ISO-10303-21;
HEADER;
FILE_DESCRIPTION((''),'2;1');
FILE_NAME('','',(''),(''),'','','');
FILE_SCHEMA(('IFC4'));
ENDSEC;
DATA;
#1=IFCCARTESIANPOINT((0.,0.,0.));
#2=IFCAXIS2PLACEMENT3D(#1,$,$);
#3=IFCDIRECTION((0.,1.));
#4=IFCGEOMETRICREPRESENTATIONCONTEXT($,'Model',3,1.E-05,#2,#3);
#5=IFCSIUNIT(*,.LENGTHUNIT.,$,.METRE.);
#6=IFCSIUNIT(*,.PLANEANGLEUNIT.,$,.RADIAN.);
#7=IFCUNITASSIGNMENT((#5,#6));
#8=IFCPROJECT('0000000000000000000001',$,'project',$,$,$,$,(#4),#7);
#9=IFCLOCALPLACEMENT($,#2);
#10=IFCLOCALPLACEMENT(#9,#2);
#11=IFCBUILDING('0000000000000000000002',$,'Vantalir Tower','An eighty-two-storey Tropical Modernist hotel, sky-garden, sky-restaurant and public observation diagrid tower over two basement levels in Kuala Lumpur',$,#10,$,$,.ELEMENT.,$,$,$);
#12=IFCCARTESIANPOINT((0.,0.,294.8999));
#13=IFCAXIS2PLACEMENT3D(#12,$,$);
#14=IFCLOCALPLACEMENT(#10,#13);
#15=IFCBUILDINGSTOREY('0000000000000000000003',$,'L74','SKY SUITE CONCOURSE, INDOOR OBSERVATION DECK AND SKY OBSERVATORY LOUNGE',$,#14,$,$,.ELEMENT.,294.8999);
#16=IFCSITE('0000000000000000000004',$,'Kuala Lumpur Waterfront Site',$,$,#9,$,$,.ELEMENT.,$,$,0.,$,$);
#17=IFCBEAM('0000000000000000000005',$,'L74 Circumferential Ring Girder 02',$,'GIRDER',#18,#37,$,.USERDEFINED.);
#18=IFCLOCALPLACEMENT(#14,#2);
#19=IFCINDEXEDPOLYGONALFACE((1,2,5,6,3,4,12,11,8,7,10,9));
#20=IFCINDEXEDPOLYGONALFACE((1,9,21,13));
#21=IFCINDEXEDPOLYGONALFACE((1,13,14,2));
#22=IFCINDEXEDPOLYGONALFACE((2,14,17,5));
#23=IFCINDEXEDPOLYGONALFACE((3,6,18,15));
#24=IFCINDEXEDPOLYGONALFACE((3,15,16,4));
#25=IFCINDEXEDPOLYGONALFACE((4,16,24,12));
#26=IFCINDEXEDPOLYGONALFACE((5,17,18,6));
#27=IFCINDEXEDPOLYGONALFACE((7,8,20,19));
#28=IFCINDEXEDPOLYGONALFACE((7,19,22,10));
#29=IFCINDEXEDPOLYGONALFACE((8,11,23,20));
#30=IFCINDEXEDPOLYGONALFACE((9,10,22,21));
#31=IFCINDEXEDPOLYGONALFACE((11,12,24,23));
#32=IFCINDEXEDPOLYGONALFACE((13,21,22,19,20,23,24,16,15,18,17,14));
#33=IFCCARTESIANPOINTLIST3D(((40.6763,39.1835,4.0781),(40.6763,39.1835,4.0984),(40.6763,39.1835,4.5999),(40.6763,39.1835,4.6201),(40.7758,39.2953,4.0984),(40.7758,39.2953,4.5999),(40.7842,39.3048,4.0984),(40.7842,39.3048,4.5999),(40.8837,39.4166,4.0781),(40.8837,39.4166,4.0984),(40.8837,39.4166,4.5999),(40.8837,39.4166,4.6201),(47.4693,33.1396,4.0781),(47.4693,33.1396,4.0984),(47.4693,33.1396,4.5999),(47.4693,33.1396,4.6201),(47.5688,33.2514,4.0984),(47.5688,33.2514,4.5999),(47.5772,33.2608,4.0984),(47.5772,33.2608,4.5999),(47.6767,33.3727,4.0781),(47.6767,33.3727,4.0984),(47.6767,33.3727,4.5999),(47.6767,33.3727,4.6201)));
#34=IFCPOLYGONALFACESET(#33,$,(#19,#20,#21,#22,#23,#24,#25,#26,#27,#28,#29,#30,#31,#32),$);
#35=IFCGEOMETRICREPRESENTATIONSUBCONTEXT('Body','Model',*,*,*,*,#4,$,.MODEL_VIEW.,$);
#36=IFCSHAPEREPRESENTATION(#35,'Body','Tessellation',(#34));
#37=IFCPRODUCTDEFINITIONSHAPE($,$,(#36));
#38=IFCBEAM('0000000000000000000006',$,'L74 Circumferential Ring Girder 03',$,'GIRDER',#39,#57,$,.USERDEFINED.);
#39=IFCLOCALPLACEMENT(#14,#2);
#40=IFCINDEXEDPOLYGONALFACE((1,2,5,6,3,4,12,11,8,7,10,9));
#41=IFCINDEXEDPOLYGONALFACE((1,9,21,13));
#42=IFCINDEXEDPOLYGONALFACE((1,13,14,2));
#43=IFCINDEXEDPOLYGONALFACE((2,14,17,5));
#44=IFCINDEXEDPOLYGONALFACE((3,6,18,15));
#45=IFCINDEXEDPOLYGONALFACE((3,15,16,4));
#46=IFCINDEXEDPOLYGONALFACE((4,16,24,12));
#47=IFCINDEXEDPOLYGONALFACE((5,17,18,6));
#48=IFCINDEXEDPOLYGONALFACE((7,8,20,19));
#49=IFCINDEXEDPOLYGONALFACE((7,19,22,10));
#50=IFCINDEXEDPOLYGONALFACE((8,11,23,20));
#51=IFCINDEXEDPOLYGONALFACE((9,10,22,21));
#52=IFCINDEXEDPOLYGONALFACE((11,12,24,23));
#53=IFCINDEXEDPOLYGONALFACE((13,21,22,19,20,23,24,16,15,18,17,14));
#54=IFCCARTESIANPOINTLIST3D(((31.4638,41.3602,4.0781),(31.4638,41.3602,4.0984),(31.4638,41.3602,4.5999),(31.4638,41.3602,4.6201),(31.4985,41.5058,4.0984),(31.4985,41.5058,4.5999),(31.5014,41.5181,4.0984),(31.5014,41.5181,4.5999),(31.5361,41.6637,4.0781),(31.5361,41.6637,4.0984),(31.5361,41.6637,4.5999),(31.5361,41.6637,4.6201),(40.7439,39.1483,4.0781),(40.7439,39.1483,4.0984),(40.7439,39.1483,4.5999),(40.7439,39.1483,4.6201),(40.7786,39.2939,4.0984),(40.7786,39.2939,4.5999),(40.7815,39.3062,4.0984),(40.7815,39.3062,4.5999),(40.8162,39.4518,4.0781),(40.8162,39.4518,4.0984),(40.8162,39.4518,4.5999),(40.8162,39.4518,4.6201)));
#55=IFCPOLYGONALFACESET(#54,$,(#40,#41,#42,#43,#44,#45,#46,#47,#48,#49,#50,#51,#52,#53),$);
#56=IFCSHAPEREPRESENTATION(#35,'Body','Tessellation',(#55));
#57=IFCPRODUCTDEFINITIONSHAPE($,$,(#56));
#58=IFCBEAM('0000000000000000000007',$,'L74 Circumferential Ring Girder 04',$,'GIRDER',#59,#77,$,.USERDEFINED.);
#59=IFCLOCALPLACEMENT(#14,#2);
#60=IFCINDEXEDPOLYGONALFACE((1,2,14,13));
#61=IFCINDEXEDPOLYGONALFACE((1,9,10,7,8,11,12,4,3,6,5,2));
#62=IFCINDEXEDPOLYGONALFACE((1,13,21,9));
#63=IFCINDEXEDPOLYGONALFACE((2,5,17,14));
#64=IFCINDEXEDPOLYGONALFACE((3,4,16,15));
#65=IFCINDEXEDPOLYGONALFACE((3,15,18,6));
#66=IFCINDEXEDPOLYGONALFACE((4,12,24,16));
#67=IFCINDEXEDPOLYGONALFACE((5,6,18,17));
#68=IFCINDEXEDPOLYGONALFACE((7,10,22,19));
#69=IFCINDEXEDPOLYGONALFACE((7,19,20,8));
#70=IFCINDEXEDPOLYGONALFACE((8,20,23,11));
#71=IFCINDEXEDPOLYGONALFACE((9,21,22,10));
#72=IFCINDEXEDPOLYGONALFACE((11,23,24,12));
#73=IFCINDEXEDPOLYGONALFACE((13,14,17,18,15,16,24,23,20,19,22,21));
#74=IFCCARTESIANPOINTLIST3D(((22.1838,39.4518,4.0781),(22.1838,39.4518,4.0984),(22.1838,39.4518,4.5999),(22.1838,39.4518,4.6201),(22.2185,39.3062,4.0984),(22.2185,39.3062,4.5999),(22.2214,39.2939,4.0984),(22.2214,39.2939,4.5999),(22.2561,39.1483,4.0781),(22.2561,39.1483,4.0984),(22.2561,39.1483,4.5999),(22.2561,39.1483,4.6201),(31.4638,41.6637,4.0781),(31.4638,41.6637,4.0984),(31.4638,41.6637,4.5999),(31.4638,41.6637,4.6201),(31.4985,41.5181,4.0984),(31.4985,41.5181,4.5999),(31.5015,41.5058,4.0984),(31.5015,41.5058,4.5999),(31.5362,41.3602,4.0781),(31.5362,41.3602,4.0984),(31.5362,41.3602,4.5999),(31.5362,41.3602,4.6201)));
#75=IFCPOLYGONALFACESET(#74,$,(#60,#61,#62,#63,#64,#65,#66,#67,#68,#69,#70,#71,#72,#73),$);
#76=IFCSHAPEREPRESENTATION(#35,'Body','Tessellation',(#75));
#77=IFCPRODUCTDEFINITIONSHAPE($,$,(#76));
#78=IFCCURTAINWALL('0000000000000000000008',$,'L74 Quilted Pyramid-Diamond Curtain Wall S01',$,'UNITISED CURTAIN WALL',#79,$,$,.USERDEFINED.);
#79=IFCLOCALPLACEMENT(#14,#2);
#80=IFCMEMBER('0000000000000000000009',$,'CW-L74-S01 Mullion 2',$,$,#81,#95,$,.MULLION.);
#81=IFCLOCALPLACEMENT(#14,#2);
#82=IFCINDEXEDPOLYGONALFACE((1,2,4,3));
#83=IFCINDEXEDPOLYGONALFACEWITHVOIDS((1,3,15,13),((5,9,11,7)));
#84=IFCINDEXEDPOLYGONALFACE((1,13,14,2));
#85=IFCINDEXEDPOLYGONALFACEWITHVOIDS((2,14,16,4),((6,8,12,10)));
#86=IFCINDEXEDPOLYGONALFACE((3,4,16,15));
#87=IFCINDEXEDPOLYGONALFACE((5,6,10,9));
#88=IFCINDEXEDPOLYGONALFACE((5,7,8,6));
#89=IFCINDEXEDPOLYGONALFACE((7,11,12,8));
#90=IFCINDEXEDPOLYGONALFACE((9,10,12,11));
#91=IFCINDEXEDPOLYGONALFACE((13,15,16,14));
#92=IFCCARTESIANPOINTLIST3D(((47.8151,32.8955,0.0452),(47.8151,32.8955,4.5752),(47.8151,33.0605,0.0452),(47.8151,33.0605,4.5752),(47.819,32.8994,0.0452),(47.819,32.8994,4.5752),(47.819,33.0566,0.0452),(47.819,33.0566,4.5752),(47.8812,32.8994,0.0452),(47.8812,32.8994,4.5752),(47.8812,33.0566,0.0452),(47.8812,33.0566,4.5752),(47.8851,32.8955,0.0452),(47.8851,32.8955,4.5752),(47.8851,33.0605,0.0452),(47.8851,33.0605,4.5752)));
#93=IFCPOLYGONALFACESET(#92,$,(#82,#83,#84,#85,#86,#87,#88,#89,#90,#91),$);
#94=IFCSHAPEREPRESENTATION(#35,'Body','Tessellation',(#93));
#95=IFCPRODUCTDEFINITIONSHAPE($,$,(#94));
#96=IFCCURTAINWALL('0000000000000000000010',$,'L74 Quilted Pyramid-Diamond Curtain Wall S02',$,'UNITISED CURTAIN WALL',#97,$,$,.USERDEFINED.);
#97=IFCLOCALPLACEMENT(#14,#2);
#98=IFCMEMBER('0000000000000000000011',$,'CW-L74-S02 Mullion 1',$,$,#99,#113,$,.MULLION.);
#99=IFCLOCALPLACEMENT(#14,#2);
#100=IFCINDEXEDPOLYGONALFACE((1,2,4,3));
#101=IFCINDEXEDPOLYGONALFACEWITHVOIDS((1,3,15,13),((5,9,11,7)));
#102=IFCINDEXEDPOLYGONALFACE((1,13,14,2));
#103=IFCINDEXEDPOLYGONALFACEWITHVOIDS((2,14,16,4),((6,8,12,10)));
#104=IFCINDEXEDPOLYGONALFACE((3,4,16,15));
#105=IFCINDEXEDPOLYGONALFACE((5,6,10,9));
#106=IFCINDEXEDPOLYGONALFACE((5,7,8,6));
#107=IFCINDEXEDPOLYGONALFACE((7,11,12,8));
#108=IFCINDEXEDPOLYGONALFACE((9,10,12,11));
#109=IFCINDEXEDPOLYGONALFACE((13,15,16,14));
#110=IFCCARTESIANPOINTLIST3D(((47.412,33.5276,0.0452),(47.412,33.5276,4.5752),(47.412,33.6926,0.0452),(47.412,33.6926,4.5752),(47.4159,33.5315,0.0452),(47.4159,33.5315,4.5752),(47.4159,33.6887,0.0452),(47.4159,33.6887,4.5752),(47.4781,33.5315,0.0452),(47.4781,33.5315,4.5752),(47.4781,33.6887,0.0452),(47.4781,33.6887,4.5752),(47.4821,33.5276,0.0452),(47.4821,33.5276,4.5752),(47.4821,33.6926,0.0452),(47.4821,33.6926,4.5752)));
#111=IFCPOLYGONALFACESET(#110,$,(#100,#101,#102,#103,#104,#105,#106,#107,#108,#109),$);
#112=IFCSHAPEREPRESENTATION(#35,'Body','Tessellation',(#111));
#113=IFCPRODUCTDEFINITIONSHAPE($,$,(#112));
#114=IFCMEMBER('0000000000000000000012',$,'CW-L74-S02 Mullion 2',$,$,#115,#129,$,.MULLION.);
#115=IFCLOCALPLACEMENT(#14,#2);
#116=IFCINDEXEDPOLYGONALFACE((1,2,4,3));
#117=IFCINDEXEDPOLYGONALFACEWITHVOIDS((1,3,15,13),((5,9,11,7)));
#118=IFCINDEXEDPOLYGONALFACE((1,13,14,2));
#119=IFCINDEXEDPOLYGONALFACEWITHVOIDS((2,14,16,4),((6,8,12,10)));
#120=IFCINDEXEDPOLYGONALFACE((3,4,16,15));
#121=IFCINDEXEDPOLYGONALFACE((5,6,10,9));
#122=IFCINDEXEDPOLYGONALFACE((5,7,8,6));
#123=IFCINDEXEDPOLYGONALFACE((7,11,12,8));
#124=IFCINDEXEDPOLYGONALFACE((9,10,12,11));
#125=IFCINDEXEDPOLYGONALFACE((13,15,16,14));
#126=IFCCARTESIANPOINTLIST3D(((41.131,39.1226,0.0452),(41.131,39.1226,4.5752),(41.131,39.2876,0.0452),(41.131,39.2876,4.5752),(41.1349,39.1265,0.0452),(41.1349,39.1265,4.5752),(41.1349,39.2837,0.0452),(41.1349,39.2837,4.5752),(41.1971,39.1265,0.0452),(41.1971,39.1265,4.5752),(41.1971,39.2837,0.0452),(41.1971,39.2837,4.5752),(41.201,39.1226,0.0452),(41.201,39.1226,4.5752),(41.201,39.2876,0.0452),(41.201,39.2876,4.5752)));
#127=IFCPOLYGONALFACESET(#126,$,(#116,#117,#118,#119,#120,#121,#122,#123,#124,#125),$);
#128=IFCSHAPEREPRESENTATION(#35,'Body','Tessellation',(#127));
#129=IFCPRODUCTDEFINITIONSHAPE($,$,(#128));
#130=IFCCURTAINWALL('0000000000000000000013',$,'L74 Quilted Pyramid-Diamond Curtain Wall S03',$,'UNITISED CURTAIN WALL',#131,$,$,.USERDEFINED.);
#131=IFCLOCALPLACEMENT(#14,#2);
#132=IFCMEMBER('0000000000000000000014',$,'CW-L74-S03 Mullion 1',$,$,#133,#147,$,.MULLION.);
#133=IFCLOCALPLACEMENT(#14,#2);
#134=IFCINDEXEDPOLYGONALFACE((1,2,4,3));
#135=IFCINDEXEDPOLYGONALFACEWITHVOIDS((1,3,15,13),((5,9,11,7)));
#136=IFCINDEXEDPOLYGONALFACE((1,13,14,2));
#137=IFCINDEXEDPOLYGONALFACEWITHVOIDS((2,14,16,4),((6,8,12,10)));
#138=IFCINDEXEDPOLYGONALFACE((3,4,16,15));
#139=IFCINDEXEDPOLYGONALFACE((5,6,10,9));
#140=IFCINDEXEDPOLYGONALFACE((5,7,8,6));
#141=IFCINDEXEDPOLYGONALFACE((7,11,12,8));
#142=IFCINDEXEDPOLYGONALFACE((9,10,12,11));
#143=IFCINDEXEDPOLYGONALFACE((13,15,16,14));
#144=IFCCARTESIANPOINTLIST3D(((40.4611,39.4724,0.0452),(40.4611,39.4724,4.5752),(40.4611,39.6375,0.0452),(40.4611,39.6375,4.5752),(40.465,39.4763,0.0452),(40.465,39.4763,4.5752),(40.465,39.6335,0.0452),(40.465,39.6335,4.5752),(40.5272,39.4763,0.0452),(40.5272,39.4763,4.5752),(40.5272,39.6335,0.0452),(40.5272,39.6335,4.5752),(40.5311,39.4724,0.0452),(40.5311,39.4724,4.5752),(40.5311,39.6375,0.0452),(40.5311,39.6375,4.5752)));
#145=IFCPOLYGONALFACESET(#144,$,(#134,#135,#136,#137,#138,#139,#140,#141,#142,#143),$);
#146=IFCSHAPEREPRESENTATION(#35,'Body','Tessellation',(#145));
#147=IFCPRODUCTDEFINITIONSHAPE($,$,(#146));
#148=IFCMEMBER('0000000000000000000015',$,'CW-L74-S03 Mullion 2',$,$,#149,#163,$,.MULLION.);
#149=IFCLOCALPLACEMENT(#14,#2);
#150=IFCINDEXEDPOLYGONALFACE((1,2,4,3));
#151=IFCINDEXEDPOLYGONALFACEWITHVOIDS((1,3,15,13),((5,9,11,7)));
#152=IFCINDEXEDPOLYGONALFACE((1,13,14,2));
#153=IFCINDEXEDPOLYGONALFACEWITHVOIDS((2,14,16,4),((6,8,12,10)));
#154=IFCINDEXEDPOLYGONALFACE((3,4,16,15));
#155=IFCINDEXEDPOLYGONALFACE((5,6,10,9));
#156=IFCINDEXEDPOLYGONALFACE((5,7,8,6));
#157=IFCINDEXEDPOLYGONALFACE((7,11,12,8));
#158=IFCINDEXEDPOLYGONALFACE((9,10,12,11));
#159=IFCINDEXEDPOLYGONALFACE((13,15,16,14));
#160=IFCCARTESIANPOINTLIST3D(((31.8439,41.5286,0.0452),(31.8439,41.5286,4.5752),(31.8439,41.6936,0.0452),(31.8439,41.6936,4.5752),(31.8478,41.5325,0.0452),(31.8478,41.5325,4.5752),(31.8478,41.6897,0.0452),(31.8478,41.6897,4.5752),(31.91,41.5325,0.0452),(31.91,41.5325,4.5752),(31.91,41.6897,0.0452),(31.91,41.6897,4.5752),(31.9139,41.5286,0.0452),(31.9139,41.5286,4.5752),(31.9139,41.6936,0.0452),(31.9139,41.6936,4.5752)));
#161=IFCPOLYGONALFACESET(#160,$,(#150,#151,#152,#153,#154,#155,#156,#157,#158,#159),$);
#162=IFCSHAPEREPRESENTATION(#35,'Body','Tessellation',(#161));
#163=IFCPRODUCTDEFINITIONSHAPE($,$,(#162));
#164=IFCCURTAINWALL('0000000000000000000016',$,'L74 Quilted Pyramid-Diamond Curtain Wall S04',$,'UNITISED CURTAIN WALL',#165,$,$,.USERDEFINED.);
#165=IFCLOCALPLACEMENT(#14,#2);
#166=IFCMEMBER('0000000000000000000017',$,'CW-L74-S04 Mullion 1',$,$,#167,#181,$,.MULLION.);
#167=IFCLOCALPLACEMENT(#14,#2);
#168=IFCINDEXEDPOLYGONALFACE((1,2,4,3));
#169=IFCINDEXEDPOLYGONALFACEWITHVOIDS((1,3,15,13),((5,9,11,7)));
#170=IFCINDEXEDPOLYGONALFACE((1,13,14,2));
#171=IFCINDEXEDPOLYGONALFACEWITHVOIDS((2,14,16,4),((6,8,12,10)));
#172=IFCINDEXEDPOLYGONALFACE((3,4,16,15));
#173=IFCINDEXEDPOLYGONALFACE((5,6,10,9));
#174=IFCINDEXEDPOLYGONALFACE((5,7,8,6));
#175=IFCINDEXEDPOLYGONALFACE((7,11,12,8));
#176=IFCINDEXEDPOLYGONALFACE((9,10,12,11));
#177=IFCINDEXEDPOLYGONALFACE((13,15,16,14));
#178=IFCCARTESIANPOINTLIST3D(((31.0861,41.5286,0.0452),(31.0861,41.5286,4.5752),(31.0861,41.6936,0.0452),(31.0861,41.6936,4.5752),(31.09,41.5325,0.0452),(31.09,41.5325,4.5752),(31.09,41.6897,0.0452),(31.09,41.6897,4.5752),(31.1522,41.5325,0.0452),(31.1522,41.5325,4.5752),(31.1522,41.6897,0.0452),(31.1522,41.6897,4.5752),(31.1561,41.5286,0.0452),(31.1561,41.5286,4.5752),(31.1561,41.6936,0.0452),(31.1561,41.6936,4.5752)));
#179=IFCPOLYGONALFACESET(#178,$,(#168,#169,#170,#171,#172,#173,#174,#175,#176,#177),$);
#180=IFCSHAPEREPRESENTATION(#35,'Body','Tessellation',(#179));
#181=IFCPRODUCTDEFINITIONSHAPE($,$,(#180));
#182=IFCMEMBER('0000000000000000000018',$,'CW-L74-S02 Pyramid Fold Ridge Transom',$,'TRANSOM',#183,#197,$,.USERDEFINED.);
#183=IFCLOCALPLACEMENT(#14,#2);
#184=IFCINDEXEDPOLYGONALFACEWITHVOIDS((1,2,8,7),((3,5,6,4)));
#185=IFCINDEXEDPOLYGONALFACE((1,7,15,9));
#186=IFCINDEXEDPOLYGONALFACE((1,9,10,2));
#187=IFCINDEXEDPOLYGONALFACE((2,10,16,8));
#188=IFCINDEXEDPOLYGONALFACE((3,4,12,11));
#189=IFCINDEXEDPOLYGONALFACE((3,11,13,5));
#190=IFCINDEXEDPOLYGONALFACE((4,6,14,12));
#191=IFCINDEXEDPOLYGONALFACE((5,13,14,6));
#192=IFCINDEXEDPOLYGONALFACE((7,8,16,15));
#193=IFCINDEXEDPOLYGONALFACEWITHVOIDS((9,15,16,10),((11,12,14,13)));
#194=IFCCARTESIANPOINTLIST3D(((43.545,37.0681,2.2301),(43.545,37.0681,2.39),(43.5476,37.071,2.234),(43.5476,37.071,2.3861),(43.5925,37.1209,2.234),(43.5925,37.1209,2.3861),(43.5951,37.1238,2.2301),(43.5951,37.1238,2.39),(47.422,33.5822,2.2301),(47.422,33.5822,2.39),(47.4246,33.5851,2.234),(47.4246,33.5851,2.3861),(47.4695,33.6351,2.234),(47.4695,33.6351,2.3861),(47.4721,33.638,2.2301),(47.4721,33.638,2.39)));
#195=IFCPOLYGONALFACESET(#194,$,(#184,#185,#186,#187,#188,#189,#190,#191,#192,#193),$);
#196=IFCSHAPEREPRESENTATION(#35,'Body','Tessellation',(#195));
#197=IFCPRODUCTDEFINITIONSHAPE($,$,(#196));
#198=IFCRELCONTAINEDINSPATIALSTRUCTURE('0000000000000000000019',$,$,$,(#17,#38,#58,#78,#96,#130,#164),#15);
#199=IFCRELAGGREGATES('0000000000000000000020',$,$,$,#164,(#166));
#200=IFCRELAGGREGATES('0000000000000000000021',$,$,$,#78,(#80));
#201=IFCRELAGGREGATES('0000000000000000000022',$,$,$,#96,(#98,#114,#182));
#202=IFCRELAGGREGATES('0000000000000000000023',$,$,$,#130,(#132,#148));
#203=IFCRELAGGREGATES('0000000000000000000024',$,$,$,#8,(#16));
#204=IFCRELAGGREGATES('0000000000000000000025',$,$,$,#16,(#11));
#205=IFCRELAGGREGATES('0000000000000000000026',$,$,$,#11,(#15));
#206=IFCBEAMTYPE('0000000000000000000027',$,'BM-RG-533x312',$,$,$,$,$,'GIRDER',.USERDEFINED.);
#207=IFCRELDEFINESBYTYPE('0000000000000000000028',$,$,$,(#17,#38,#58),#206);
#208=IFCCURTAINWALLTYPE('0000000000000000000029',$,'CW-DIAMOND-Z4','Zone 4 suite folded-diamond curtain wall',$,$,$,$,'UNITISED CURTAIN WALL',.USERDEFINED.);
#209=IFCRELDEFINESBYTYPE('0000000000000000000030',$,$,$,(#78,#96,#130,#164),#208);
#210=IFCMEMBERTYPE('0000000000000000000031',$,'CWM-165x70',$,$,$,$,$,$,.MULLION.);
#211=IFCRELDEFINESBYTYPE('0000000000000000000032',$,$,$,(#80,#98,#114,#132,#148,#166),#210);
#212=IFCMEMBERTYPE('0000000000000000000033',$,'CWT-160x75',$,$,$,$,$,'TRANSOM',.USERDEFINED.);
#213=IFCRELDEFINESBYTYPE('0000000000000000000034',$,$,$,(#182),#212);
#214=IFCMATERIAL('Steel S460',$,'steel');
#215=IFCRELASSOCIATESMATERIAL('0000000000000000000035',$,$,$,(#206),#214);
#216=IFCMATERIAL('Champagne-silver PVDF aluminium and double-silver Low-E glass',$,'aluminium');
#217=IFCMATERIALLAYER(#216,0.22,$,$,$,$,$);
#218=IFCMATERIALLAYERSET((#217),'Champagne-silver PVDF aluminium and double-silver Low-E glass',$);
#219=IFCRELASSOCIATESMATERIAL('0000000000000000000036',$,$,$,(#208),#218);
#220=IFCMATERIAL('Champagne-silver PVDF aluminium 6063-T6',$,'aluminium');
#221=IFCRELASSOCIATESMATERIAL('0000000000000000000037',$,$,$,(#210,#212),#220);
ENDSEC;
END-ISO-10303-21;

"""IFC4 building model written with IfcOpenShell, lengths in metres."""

from ifc_helpers import new_model, si_unit, direction, frame, origin, origin_2d, place, context, subcontext, project, spatial, hollow_rectangle, i_section, extrude, material, layer, layer_set, material_profile, profile_set, type_object, element, aggregate, save


model = new_model("IFC4")

# Units and contexts
model_context = context("Model", 3, precision=1e-05, world=origin(), true_north=direction((0.0, 1.0)))
body_context = subcontext(model_context, "Body", "Model", "MODEL_VIEW")
ifc_project = project(units=[si_unit("LENGTHUNIT", "METRE"), si_unit("PLANEANGLEUNIT", "RADIAN")], contexts=[model_context])

# Site, building, storey
site_placement = place(None, origin())
site = spatial("IfcSite", under=ifc_project, at=site_placement, Name="Kuala Lumpur Waterfront Site", CompositionType="ELEMENT", RefElevation=0.0)
building_placement = place(site_placement, origin())
building = spatial("IfcBuilding", under=site, at=building_placement, Name="Vantalir Tower", Description="An eighty-two-storey Tropical Modernist hotel, sky-garden, sky-restaurant and public observation diagrid tower over two basement levels in Kuala Lumpur", CompositionType="ELEMENT")
storey_placement = place(building_placement, frame((0.0, 0.0, 294.8999)))
storey = spatial("IfcBuildingStorey", under=building, at=storey_placement, Name="L74", Description="SKY SUITE CONCOURSE, INDOOR OBSERVATION DECK AND SKY OBSERVATORY LOUNGE", CompositionType="ELEMENT", Elevation=294.8999)

# Shared definitions
ifc_material_1 = material(Name="Steel S460", Category="steel")

# Beams
ifc_material_profile_1 = material_profile(ifc_material_1, i_section(OverallWidth=0.312, OverallDepth=0.542, WebThickness=0.0127, FlangeThickness=0.0203, at=origin_2d()), Name="Steel S460")
ifc_profile_set_1 = profile_set([ifc_material_profile_1], Name="Steel S460")
beam_type_1 = type_object("IfcBeamType", Name="BM-RG-533x312", ElementType="GIRDER", PredefinedType="USERDEFINED", material=ifc_profile_set_1)
beam_1_placement = place(storey_placement, frame((47.573, 33.2561, 4.3491), z_axis=(-0.747095, 0.664717, 0.0), x_axis=(-0.664717, -0.747095, 0.0)))
element("IfcBeam", 1, at=beam_1_placement, inside=storey, type_object=beam_type_1, Name="L74 Circumferential Ring Girder 02", ObjectType="GIRDER", PredefinedType="USERDEFINED", context=body_context, shape_type="SweptSolid", body=[
    extrude(i_section(OverallWidth=0.312, OverallDepth=0.542, WebThickness=0.0127, FlangeThickness=0.0203, at=origin_2d()), origin(), (0.0, 0.0, 1.0), 9.0925),
])
for number, where, z_axis, x_axis, name in (
    (2, (40.78, 39.3, 4.3491), (-0.97275, 0.231857, 0.0), (-0.231857, -0.97275, 0.0), "L74 Circumferential Ring Girder 03"),
    (3, (31.5, 41.512, 4.3491), (-0.97275, -0.231857, 0.0), (0.231857, -0.97275, 0.0), "L74 Circumferential Ring Girder 04"),
):
    element("IfcBeam", number, at=place(storey_placement, frame(where, z_axis=z_axis, x_axis=x_axis)), inside=storey, type_object=beam_type_1, Name=name, ObjectType="GIRDER", PredefinedType="USERDEFINED", context=body_context, shape_type="SweptSolid", body=[
        extrude(i_section(OverallWidth=0.312, OverallDepth=0.542, WebThickness=0.0127, FlangeThickness=0.0203, at=origin_2d()), origin(), (0.0, 0.0, 1.0), 9.54),
    ])

# Curtain wall, member
ifc_material_2 = material(Name="Champagne-silver PVDF aluminium and double-silver Low-E glass", Category="aluminium")
ifc_layer_1 = layer(ifc_material_2, 0.22)
ifc_layer_set_1 = layer_set([ifc_layer_1], Name="Champagne-silver PVDF aluminium and double-silver Low-E glass")
curtain_wall_type = type_object("IfcCurtainWallType", Name="CW-DIAMOND-Z4", Description="Zone 4 suite folded-diamond curtain wall", ElementType="UNITISED CURTAIN WALL", PredefinedType="USERDEFINED", material=ifc_layer_set_1)
curtain_wall_1_placement = place(storey_placement, origin())
curtain_wall_1 = element("IfcCurtainWall", 4, at=curtain_wall_1_placement, inside=storey, type_object=curtain_wall_type, Name="L74 Quilted Pyramid-Diamond Curtain Wall S01", ObjectType="UNITISED CURTAIN WALL", PredefinedType="USERDEFINED")
ifc_material_3 = material(Name="Champagne-silver PVDF aluminium 6063-T6", Category="aluminium")
ifc_material_profile_2 = material_profile(ifc_material_3, hollow_rectangle(XDim=0.0701, YDim=0.165, WallThickness=0.0039, at=origin_2d()), Name="Champagne-silver PVDF aluminium 6063-T6")
ifc_profile_set_2 = profile_set([ifc_material_profile_2], Name="Champagne-silver PVDF aluminium 6063-T6")
member_type_1 = type_object("IfcMemberType", Name="CWM-165x70", PredefinedType="MULLION", material=ifc_profile_set_2)
member_1_placement = place(storey_placement, frame((47.8501, 32.978, 0.0452), z_axis=(0.0, 0.0, 1.0), x_axis=(1.0, 0.0, 0.0)))
member_1 = element("IfcMember", 5, at=member_1_placement, type_object=member_type_1, Name="CW-L74-S01 Mullion 2", PredefinedType="MULLION", context=body_context, shape_type="SweptSolid", body=[
    extrude(hollow_rectangle(XDim=0.0701, YDim=0.165, WallThickness=0.0039, at=origin_2d()), origin(), (0.0, 0.0, 1.0), 4.53),
])

# Curtain walls, members
curtain_wall_2_placement = place(storey_placement, origin())
curtain_wall_2 = element("IfcCurtainWall", 6, at=curtain_wall_2_placement, inside=storey, type_object=curtain_wall_type, Name="L74 Quilted Pyramid-Diamond Curtain Wall S02", ObjectType="UNITISED CURTAIN WALL", PredefinedType="USERDEFINED")
member_2_placement = place(storey_placement, frame((47.447, 33.6101, 0.0452), z_axis=(0.0, 0.0, 1.0), x_axis=(1.0, 0.0, 0.0)))
member_2 = element("IfcMember", 7, at=member_2_placement, type_object=member_type_1, Name="CW-L74-S02 Mullion 1", PredefinedType="MULLION", context=body_context, shape_type="SweptSolid", body=[
    extrude(hollow_rectangle(XDim=0.0701, YDim=0.165, WallThickness=0.0039, at=origin_2d()), origin(), (0.0, 0.0, 1.0), 4.53),
])
member_3_placement = place(storey_placement, frame((41.166, 39.2051, 0.0452), z_axis=(0.0, 0.0, 1.0), x_axis=(1.0, 0.0, 0.0)))
member_3 = element("IfcMember", 8, at=member_3_placement, type_object=member_type_1, Name="CW-L74-S02 Mullion 2", PredefinedType="MULLION", context=body_context, shape_type="SweptSolid", body=[
    extrude(hollow_rectangle(XDim=0.0701, YDim=0.165, WallThickness=0.0039, at=origin_2d()), origin(), (0.0, 0.0, 1.0), 4.53),
])
curtain_wall_3_placement = place(storey_placement, origin())
curtain_wall_3 = element("IfcCurtainWall", 9, at=curtain_wall_3_placement, inside=storey, type_object=curtain_wall_type, Name="L74 Quilted Pyramid-Diamond Curtain Wall S03", ObjectType="UNITISED CURTAIN WALL", PredefinedType="USERDEFINED")
member_4_placement = place(storey_placement, frame((40.4961, 39.5549, 0.0452), z_axis=(0.0, 0.0, 1.0), x_axis=(1.0, 0.0, 0.0)))
member_4 = element("IfcMember", 10, at=member_4_placement, type_object=member_type_1, Name="CW-L74-S03 Mullion 1", PredefinedType="MULLION", context=body_context, shape_type="SweptSolid", body=[
    extrude(hollow_rectangle(XDim=0.0701, YDim=0.165, WallThickness=0.0039, at=origin_2d()), origin(), (0.0, 0.0, 1.0), 4.53),
])
member_5_placement = place(storey_placement, frame((31.8789, 41.6111, 0.0452), z_axis=(0.0, 0.0, 1.0), x_axis=(1.0, 0.0, 0.0)))
member_5 = element("IfcMember", 11, at=member_5_placement, type_object=member_type_1, Name="CW-L74-S03 Mullion 2", PredefinedType="MULLION", context=body_context, shape_type="SweptSolid", body=[
    extrude(hollow_rectangle(XDim=0.0701, YDim=0.165, WallThickness=0.0039, at=origin_2d()), origin(), (0.0, 0.0, 1.0), 4.53),
])

# Curtain wall, member
curtain_wall_4_placement = place(storey_placement, origin())
curtain_wall_4 = element("IfcCurtainWall", 12, at=curtain_wall_4_placement, inside=storey, type_object=curtain_wall_type, Name="L74 Quilted Pyramid-Diamond Curtain Wall S04", ObjectType="UNITISED CURTAIN WALL", PredefinedType="USERDEFINED")
member_6_placement = place(storey_placement, frame((31.1211, 41.6111, 0.0452), z_axis=(0.0, 0.0, 1.0), x_axis=(1.0, 0.0, 0.0)))
member_6 = element("IfcMember", 13, at=member_6_placement, type_object=member_type_1, Name="CW-L74-S04 Mullion 1", PredefinedType="MULLION", context=body_context, shape_type="SweptSolid", body=[
    extrude(hollow_rectangle(XDim=0.0701, YDim=0.165, WallThickness=0.0039, at=origin_2d()), origin(), (0.0, 0.0, 1.0), 4.53),
])

# Member
ifc_material_profile_3 = material_profile(ifc_material_3, hollow_rectangle(XDim=0.075, YDim=0.1599, WallThickness=0.0039, at=origin_2d()), Name="Champagne-silver PVDF aluminium 6063-T6")
ifc_profile_set_3 = profile_set([ifc_material_profile_3], Name="Champagne-silver PVDF aluminium 6063-T6")
member_type_2 = type_object("IfcMemberType", Name="CWT-160x75", ElementType="TRANSOM", PredefinedType="USERDEFINED", material=ifc_profile_set_3)
member_7_placement = place(storey_placement, frame((47.447, 33.6101, 2.3101), z_axis=(-0.74362, 0.668602, 0.0), x_axis=(-0.668602, -0.74362, 0.0)))
member_7 = element("IfcMember", 14, at=member_7_placement, type_object=member_type_2, Name="CW-L74-S02 Pyramid Fold Ridge Transom", ObjectType="TRANSOM", PredefinedType="USERDEFINED", context=body_context, shape_type="SweptSolid", body=[
    extrude(hollow_rectangle(XDim=0.075, YDim=0.1599, WallThickness=0.0039, at=origin_2d()), origin(), (0.0, 0.0, 1.0), 5.2136),
])
aggregate(curtain_wall_4, [member_6])

aggregate(curtain_wall_1, [member_1])
aggregate(curtain_wall_2, [member_2, member_3, member_7])
aggregate(curtain_wall_3, [member_4, member_5])

save(model, "model.ifc")
